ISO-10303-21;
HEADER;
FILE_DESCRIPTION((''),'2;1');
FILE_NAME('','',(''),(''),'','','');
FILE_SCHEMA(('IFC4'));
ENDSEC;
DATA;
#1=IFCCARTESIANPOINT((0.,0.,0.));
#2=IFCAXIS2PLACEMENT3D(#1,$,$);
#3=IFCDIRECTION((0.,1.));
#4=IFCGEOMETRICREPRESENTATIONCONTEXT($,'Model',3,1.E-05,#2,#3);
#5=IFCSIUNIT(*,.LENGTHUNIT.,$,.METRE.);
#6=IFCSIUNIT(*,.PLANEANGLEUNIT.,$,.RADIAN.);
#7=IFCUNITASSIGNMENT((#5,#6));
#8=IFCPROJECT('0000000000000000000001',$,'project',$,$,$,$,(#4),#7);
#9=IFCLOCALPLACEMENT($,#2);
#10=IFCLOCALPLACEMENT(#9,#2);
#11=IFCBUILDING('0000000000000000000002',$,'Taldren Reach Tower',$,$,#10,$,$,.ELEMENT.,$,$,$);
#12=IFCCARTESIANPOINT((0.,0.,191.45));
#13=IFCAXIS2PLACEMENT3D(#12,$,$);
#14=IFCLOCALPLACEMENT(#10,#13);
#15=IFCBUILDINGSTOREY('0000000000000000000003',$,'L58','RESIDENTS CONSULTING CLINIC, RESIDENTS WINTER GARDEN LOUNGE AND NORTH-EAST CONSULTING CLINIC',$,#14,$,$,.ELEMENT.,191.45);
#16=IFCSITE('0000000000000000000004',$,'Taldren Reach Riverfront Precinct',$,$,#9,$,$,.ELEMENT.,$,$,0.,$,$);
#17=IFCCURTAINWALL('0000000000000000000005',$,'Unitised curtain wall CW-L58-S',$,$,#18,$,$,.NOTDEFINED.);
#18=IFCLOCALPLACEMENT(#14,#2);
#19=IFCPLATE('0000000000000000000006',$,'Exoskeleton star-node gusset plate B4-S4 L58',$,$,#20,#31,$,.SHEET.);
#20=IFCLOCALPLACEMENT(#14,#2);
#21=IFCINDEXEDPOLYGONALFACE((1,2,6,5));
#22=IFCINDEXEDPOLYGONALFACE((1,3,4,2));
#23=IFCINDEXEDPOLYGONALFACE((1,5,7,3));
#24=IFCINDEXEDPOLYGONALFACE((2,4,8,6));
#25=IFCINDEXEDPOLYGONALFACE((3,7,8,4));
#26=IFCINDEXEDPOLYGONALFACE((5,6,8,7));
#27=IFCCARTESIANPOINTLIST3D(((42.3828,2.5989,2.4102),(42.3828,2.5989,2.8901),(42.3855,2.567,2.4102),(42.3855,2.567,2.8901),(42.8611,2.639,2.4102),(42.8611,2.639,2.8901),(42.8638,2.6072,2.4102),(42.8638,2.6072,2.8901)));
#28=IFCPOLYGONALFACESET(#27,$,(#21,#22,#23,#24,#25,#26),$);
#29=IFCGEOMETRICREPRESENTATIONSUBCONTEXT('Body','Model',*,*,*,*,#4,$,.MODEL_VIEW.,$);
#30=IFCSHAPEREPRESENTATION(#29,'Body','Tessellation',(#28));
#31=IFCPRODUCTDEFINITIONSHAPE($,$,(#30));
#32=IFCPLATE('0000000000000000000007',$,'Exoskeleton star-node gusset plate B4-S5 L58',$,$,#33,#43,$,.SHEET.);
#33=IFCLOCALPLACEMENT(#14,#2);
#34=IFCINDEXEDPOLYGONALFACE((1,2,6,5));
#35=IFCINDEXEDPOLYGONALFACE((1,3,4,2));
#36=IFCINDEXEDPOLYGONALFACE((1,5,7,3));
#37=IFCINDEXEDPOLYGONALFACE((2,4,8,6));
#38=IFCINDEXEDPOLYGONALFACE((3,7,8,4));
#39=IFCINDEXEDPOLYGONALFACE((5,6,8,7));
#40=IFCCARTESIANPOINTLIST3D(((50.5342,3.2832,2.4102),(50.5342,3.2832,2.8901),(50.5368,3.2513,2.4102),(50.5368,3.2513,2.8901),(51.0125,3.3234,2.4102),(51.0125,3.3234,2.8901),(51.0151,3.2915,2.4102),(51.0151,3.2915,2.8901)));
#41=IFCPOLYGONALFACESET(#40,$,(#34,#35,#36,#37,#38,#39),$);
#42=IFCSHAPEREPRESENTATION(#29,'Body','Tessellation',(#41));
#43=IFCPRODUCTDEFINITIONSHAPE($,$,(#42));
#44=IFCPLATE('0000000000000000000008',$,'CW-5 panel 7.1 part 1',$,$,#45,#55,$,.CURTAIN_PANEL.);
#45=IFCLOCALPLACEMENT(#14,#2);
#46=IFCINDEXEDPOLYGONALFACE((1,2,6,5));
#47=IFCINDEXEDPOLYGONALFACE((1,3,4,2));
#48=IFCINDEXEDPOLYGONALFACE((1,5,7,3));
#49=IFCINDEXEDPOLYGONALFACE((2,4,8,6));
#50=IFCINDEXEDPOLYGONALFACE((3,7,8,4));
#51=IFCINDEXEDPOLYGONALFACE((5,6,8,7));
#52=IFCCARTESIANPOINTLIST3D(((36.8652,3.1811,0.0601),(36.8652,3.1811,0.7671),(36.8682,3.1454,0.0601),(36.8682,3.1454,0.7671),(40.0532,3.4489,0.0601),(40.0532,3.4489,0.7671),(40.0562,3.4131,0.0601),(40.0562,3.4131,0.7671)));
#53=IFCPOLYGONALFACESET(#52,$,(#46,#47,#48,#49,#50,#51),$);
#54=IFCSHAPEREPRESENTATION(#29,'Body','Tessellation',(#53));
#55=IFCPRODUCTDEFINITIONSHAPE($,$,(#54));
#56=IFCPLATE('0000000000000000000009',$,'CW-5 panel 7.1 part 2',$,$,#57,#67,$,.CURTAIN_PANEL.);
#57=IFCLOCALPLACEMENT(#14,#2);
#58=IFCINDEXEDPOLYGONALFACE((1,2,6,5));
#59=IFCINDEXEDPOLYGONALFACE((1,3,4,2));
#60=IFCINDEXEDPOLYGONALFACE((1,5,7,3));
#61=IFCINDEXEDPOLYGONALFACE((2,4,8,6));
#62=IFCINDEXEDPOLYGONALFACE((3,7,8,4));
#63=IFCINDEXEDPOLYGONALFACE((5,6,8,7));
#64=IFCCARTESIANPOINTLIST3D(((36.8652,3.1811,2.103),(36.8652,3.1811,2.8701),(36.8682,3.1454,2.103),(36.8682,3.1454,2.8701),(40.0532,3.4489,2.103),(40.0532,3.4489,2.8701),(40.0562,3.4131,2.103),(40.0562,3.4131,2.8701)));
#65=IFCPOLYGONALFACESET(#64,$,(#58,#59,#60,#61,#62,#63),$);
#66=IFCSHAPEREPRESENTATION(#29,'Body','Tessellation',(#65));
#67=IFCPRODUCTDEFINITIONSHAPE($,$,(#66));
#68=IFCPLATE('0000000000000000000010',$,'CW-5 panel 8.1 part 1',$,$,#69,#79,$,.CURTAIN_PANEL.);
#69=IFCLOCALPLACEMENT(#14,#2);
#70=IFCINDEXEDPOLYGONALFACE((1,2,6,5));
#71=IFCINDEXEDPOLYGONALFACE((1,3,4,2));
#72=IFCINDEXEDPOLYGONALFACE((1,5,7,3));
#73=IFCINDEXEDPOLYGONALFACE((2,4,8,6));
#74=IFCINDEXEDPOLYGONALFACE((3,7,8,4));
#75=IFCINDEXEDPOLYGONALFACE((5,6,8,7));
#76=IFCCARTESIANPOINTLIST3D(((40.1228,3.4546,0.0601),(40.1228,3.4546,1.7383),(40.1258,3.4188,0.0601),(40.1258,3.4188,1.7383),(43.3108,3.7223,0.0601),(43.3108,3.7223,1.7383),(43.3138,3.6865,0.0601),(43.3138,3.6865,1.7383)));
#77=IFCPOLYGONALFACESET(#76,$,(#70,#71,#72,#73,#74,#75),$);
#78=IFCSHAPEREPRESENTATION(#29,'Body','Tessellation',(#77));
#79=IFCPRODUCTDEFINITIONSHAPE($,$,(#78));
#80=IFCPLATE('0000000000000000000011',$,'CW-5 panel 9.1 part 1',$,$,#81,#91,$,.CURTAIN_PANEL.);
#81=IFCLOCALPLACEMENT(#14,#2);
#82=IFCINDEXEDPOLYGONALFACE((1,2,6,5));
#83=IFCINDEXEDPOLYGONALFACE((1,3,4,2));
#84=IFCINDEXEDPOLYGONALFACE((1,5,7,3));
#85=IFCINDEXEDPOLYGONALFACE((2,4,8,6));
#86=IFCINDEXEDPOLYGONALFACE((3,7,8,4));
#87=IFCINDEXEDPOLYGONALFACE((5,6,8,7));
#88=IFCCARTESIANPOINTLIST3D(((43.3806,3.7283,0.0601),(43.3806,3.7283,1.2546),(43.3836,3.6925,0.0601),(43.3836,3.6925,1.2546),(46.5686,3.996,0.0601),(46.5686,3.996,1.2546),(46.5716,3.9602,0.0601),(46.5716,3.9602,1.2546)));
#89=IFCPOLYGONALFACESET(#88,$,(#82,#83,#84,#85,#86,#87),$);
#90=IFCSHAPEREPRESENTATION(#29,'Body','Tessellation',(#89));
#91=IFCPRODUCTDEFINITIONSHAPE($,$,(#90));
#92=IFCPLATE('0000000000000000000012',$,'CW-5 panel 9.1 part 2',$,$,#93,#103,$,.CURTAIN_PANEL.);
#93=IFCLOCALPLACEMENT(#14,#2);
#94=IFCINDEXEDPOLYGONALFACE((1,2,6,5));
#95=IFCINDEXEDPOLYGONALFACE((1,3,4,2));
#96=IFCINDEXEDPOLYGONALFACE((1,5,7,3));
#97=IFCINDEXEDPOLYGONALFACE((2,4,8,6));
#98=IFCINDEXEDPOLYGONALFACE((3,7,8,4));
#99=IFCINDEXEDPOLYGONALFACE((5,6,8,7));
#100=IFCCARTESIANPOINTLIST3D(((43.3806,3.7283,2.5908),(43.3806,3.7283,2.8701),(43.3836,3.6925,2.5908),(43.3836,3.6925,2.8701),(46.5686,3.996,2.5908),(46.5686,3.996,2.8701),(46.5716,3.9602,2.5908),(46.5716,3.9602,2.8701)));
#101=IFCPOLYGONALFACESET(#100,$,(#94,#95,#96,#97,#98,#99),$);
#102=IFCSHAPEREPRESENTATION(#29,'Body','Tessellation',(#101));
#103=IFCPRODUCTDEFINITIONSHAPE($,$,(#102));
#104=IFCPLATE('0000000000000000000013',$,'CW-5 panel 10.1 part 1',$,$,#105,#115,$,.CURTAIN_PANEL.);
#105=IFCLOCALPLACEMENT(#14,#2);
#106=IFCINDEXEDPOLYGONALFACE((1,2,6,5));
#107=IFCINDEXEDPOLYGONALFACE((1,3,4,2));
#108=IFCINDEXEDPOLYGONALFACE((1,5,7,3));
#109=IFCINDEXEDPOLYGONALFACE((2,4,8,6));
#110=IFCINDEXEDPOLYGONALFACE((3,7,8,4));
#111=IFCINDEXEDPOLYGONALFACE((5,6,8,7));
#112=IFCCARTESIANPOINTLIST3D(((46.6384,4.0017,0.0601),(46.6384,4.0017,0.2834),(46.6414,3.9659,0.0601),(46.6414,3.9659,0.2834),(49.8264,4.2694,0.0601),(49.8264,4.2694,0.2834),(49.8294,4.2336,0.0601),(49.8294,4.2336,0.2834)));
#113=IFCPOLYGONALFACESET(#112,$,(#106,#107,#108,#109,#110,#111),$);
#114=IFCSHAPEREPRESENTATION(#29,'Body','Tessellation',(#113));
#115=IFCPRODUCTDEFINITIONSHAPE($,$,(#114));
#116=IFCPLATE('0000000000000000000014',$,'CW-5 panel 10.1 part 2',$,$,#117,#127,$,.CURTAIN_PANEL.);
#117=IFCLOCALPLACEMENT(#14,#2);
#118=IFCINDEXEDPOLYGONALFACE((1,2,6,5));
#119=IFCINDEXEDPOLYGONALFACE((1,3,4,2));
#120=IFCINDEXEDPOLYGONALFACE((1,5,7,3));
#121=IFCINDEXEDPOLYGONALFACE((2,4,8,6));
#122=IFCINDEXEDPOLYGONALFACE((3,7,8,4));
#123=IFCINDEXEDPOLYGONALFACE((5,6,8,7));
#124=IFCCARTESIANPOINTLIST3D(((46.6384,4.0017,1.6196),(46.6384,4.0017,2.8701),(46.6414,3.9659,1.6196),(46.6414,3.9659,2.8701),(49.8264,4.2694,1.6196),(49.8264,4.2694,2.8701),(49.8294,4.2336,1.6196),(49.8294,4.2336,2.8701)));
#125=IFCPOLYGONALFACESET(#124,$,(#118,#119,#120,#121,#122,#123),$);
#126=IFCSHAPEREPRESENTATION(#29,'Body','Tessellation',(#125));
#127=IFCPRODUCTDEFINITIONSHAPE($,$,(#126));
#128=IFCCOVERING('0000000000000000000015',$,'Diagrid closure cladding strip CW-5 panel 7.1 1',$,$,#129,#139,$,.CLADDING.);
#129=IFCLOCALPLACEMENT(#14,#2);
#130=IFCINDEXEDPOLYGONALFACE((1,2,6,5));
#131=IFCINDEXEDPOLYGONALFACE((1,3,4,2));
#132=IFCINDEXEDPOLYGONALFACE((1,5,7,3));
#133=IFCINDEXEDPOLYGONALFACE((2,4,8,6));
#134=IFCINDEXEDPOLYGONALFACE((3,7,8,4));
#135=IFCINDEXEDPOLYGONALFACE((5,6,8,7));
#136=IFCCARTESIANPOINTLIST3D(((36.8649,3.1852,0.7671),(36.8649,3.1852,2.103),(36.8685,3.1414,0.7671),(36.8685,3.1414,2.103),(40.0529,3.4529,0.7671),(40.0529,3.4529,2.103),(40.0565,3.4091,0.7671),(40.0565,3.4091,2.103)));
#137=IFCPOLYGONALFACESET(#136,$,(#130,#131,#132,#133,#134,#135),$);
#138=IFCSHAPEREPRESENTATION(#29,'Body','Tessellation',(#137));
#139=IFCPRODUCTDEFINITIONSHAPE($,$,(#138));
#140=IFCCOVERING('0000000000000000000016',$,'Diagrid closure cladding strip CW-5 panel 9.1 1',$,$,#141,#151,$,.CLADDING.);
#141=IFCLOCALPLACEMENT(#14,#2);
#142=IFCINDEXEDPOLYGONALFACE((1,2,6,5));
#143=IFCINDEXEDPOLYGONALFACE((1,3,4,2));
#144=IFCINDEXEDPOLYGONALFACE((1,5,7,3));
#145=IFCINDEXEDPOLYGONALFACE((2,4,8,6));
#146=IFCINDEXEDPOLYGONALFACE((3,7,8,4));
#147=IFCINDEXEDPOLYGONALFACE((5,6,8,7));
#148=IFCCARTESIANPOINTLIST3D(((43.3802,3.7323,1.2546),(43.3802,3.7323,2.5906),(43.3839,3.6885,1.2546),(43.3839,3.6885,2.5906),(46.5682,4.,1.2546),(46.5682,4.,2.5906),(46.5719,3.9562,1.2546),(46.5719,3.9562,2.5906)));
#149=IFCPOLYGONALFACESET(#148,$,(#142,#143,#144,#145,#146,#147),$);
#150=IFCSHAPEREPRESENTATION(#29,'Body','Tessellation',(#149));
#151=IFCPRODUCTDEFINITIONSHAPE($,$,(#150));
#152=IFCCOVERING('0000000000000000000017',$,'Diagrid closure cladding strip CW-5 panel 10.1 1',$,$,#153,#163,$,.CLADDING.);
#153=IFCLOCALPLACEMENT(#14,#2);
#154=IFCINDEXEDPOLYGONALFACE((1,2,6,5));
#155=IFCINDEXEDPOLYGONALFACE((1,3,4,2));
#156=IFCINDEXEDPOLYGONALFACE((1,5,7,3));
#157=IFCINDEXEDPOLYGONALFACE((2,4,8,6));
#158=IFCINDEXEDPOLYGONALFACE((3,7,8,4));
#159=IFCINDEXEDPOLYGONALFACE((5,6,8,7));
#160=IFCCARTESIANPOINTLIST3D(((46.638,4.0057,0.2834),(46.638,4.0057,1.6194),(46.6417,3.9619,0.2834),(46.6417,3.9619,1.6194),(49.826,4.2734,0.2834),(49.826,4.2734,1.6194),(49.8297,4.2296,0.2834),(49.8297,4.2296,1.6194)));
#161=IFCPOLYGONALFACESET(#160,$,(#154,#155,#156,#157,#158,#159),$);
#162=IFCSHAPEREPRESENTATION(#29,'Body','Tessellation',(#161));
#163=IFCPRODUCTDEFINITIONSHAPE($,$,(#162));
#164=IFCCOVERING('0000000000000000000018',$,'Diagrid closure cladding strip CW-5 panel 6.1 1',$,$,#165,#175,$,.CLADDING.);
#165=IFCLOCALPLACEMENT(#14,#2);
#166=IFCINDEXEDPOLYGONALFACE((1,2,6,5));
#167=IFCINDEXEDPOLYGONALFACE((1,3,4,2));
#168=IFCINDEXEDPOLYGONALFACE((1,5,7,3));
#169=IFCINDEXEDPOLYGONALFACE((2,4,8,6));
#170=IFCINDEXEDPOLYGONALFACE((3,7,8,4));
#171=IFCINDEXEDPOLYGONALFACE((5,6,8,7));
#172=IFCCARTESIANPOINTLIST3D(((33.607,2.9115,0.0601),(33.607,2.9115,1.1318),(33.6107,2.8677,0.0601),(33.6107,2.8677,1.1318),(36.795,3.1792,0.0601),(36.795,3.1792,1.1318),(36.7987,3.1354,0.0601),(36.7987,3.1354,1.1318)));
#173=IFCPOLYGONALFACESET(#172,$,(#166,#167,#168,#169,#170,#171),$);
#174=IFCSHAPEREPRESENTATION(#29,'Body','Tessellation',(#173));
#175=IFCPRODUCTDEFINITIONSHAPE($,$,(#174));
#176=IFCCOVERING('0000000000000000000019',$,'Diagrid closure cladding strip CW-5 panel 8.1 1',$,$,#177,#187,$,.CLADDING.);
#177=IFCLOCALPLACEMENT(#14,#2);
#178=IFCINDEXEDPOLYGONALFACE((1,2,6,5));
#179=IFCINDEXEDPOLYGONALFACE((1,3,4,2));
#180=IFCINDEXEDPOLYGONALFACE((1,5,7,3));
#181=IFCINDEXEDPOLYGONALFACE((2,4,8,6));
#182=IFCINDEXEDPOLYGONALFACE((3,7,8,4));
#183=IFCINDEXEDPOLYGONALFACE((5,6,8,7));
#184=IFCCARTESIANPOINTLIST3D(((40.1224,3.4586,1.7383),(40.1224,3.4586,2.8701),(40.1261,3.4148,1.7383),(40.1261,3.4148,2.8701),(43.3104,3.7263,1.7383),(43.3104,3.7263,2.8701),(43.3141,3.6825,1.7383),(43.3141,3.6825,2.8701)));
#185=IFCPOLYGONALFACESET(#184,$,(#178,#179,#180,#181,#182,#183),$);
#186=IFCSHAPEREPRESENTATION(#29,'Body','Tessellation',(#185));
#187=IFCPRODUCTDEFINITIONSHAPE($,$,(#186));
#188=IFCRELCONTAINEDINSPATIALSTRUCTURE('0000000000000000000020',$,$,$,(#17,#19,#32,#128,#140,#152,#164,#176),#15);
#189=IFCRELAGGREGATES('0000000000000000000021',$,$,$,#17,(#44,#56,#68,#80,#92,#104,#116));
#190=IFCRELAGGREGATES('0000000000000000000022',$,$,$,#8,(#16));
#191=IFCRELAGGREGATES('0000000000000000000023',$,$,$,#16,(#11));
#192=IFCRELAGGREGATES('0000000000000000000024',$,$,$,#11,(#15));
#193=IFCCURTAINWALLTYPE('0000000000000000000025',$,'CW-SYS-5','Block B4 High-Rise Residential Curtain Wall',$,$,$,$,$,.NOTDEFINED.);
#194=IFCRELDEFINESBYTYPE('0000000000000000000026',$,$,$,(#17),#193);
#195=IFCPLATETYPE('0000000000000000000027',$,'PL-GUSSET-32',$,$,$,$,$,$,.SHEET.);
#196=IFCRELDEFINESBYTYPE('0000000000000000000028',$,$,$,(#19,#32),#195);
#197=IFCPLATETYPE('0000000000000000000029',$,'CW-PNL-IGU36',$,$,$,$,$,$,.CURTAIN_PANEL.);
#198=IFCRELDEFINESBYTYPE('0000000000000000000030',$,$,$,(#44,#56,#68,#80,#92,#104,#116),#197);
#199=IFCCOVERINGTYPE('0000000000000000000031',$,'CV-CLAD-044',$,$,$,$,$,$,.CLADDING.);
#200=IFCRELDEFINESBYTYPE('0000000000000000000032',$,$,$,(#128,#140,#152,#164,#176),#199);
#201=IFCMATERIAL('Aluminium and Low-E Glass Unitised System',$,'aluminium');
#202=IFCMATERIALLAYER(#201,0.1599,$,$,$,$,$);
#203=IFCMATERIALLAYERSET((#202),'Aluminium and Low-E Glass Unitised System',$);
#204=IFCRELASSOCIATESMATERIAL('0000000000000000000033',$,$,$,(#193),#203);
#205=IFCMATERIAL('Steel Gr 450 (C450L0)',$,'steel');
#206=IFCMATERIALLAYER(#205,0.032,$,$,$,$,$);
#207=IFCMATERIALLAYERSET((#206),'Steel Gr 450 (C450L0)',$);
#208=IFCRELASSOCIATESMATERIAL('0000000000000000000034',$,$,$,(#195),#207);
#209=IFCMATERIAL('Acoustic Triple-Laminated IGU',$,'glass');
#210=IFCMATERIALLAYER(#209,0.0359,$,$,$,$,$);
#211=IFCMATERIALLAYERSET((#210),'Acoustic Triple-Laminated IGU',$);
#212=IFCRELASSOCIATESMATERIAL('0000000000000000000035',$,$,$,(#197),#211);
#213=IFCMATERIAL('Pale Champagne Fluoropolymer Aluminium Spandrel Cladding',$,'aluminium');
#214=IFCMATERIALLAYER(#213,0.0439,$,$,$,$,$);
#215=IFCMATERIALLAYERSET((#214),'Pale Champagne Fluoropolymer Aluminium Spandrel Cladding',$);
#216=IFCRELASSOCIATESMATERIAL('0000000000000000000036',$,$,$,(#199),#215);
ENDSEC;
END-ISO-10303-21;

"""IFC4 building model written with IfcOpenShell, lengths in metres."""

from ifc_helpers import new_model, si_unit, direction, frame, origin, origin_2d, place, context, subcontext, project, spatial, rectangle, extrude, source, transform, mapped, material, layer, layer_set, type_object, element, aggregate, save


model = new_model("IFC4")

# Units and contexts
model_context = context("Model", 3, precision=1e-05, world=origin(), true_north=direction((0.0, 1.0)))
body_context = subcontext(model_context, "Body", "Model", "MODEL_VIEW")
ifc_project = project(units=[si_unit("LENGTHUNIT", "METRE"), si_unit("PLANEANGLEUNIT", "RADIAN")], contexts=[model_context])

# Site, building, storey
site_placement = place(None, origin())
site = spatial("IfcSite", under=ifc_project, at=site_placement, Name="Taldren Reach Riverfront Precinct", CompositionType="ELEMENT", RefElevation=0.0)
building_placement = place(site_placement, origin())
building = spatial("IfcBuilding", under=site, at=building_placement, Name="Taldren Reach Tower", CompositionType="ELEMENT")
storey_placement = place(building_placement, frame((0.0, 0.0, 191.45)))
storey = spatial("IfcBuildingStorey", under=building, at=storey_placement, Name="L58", Description="RESIDENTS CONSULTING CLINIC, RESIDENTS WINTER GARDEN LOUNGE AND NORTH-EAST CONSULTING CLINIC", CompositionType="ELEMENT", Elevation=191.45)

# Shared definitions
ifc_material_1 = material(Name="Steel Gr 450 (C450L0)", Category="steel")

# Curtain wall
ifc_material_2 = material(Name="Aluminium and Low-E Glass Unitised System", Category="aluminium")
ifc_layer_1 = layer(ifc_material_2, 0.1599)
ifc_layer_set_1 = layer_set([ifc_layer_1], Name="Aluminium and Low-E Glass Unitised System")
curtain_wall_type = type_object("IfcCurtainWallType", Name="CW-SYS-5", Description="Block B4 High-Rise Residential Curtain Wall", PredefinedType="NOTDEFINED", material=ifc_layer_set_1)
curtain_wall_placement = place(storey_placement, origin())
curtain_wall = element("IfcCurtainWall", 1, at=curtain_wall_placement, inside=storey, type_object=curtain_wall_type, Name="Unitised curtain wall CW-L58-S", PredefinedType="NOTDEFINED")

# Plates
ifc_layer_2 = layer(ifc_material_1, 0.032)
ifc_layer_set_2 = layer_set([ifc_layer_2], Name="Steel Gr 450 (C450L0)")
plate_type_1 = type_object("IfcPlateType", Name="PL-GUSSET-32", PredefinedType="SHEET", material=ifc_layer_set_2)
shared_shape_1 = source(origin(), body_context, "Body", "SweptSolid", [
    extrude(rectangle(XDim=0.48, YDim=0.032, at=origin_2d()), origin(), (0.0, 0.0, 1.0), 0.48),
])
for number, where, z_axis, x_axis, name in (
    (2, (42.6233, 2.603, 2.4102), (0.0, 0.0, 1.0), (0.996493, 0.083678, 0.0), "Exoskeleton star-node gusset plate B4-S4 L58"),
    (3, (50.7747, 3.2874, 2.4102), (0.0, 0.0, 1.0), (0.996493, 0.083678, 0.0), "Exoskeleton star-node gusset plate B4-S5 L58"),
):
    element("IfcPlate", number, at=place(storey_placement, frame(where, z_axis=z_axis, x_axis=x_axis)), inside=storey, type_object=plate_type_1, Name=name, PredefinedType="SHEET", context=body_context, shape_type="MappedRepresentation", body=[
        mapped(shared_shape_1, transform((0.0, 0.0, 0.0), scale=1.0)),
    ])

# Plates
ifc_material_3 = material(Name="Acoustic Triple-Laminated IGU", Category="glass")
ifc_layer_3 = layer(ifc_material_3, 0.0359)
ifc_layer_set_3 = layer_set([ifc_layer_3], Name="Acoustic Triple-Laminated IGU")
plate_type_2 = type_object("IfcPlateType", Name="CW-PNL-IGU36", PredefinedType="CURTAIN_PANEL", material=ifc_layer_set_3)
shared_shape_2 = source(origin(), body_context, "Body", "SweptSolid", [
    extrude(rectangle(XDim=3.1992, YDim=0.0359, at=origin_2d()), origin(), (0.0, 0.0, 1.0), 0.707),
])
plate_1_placement = place(storey_placement, frame((38.4607, 3.2971, 0.0601), z_axis=(0.0, 0.0, 1.0), x_axis=(0.996493, 0.083678, 0.0)))
plate_1 = element("IfcPlate", 4, at=plate_1_placement, type_object=plate_type_2, Name="CW-5 panel 7.1 part 1", PredefinedType="CURTAIN_PANEL", context=body_context, shape_type="MappedRepresentation", body=[
    mapped(shared_shape_2, transform((0.0, 0.0, 0.0), scale=1.0)),
])
shared_shape_3 = source(origin(), body_context, "Body", "SweptSolid", [
    extrude(rectangle(XDim=3.1992, YDim=0.0359, at=origin_2d()), origin(), (0.0, 0.0, 1.0), 0.7671),
])
plate_2_placement = place(storey_placement, frame((38.4607, 3.2971, 2.103), z_axis=(0.0, 0.0, 1.0), x_axis=(0.996493, 0.083678, 0.0)))
plate_2 = element("IfcPlate", 5, at=plate_2_placement, type_object=plate_type_2, Name="CW-5 panel 7.1 part 2", PredefinedType="CURTAIN_PANEL", context=body_context, shape_type="MappedRepresentation", body=[
    mapped(shared_shape_3, transform((0.0, 0.0, 0.0), scale=1.0)),
])
shared_shape_4 = source(origin(), body_context, "Body", "SweptSolid", [
    extrude(rectangle(XDim=3.1992, YDim=0.0359, at=origin_2d()), origin(), (0.0, 0.0, 1.0), 1.6782),
])
plate_3_placement = place(storey_placement, frame((41.7183, 3.5706, 0.0601), z_axis=(0.0, 0.0, 1.0), x_axis=(0.996493, 0.083678, 0.0)))
plate_3 = element("IfcPlate", 6, at=plate_3_placement, type_object=plate_type_2, Name="CW-5 panel 8.1 part 1", PredefinedType="CURTAIN_PANEL", context=body_context, shape_type="MappedRepresentation", body=[
    mapped(shared_shape_4, transform((0.0, 0.0, 0.0), scale=1.0)),
])
shared_shape_5 = source(origin(), body_context, "Body", "SweptSolid", [
    extrude(rectangle(XDim=3.1992, YDim=0.0359, at=origin_2d()), origin(), (0.0, 0.0, 1.0), 1.1946),
])
plate_4_placement = place(storey_placement, frame((44.9761, 3.8442, 0.0601), z_axis=(0.0, 0.0, 1.0), x_axis=(0.996493, 0.083678, 0.0)))
plate_4 = element("IfcPlate", 7, at=plate_4_placement, type_object=plate_type_2, Name="CW-5 panel 9.1 part 1", PredefinedType="CURTAIN_PANEL", context=body_context, shape_type="MappedRepresentation", body=[
    mapped(shared_shape_5, transform((0.0, 0.0, 0.0), scale=1.0)),
])
shared_shape_6 = source(origin(), body_context, "Body", "SweptSolid", [
    extrude(rectangle(XDim=3.1992, YDim=0.0359, at=origin_2d()), origin(), (0.0, 0.0, 1.0), 0.2793),
])
plate_5_placement = place(storey_placement, frame((44.9761, 3.8442, 2.5908), z_axis=(0.0, 0.0, 1.0), x_axis=(0.996493, 0.083678, 0.0)))
plate_5 = element("IfcPlate", 8, at=plate_5_placement, type_object=plate_type_2, Name="CW-5 panel 9.1 part 2", PredefinedType="CURTAIN_PANEL", context=body_context, shape_type="MappedRepresentation", body=[
    mapped(shared_shape_6, transform((0.0, 0.0, 0.0), scale=1.0)),
])
shared_shape_7 = source(origin(), body_context, "Body", "SweptSolid", [
    extrude(rectangle(XDim=3.1992, YDim=0.0359, at=origin_2d()), origin(), (0.0, 0.0, 1.0), 0.2234),
])
plate_6_placement = place(storey_placement, frame((48.2339, 4.1177, 0.0601), z_axis=(0.0, 0.0, 1.0), x_axis=(0.996493, 0.083678, 0.0)))
plate_6 = element("IfcPlate", 9, at=plate_6_placement, type_object=plate_type_2, Name="CW-5 panel 10.1 part 1", PredefinedType="CURTAIN_PANEL", context=body_context, shape_type="MappedRepresentation", body=[
    mapped(shared_shape_7, transform((0.0, 0.0, 0.0), scale=1.0)),
])
shared_shape_8 = source(origin(), body_context, "Body", "SweptSolid", [
    extrude(rectangle(XDim=3.1992, YDim=0.0359, at=origin_2d()), origin(), (0.0, 0.0, 1.0), 1.2505),
])
plate_7_placement = place(storey_placement, frame((48.2339, 4.1177, 1.6196), z_axis=(0.0, 0.0, 1.0), x_axis=(0.996493, 0.083678, 0.0)))
plate_7 = element("IfcPlate", 10, at=plate_7_placement, type_object=plate_type_2, Name="CW-5 panel 10.1 part 2", PredefinedType="CURTAIN_PANEL", context=body_context, shape_type="MappedRepresentation", body=[
    mapped(shared_shape_8, transform((0.0, 0.0, 0.0), scale=1.0)),
])
aggregate(curtain_wall, [plate_1, plate_2, plate_3, plate_4, plate_5, plate_6, plate_7])

# Coverings
ifc_material_4 = material(Name="Pale Champagne Fluoropolymer Aluminium Spandrel Cladding", Category="aluminium")
ifc_layer_4 = layer(ifc_material_4, 0.0439)
ifc_layer_set_4 = layer_set([ifc_layer_4], Name="Pale Champagne Fluoropolymer Aluminium Spandrel Cladding")
covering_type = type_object("IfcCoveringType", Name="CV-CLAD-044", PredefinedType="CLADDING", material=ifc_layer_set_4)
shared_shape_9 = source(origin(), body_context, "Body", "SweptSolid", [
    extrude(rectangle(XDim=3.1992, YDim=0.0439, at=origin_2d()), origin(), (0.0, 0.0, 1.0), 1.3359),
])
for number, where, z_axis, x_axis, name in (
    (11, (38.4607, 3.2971, 0.7671), (0.0, 0.0, 1.0), (0.996493, 0.083678, 0.0), "Diagrid closure cladding strip CW-5 panel 7.1 1"),
    (12, (44.9761, 3.8442, 1.2546), (0.0, 0.0, 1.0), (0.996493, 0.083678, 0.0), "Diagrid closure cladding strip CW-5 panel 9.1 1"),
    (13, (48.2339, 4.1177, 0.2834), (0.0, 0.0, 1.0), (0.996493, 0.083678, 0.0), "Diagrid closure cladding strip CW-5 panel 10.1 1"),
):
    element("IfcCovering", number, at=place(storey_placement, frame(where, z_axis=z_axis, x_axis=x_axis)), inside=storey, type_object=covering_type, Name=name, PredefinedType="CLADDING", context=body_context, shape_type="MappedRepresentation", body=[
        mapped(shared_shape_9, transform((0.0, 0.0, 0.0), scale=1.0)),
    ])
shared_shape_10 = source(origin(), body_context, "Body", "SweptSolid", [
    extrude(rectangle(XDim=3.1992, YDim=0.0439, at=origin_2d()), origin(), (0.0, 0.0, 1.0), 1.0718),
])
covering_1_placement = place(storey_placement, frame((35.2029, 3.0234, 0.0601), z_axis=(0.0, 0.0, 1.0), x_axis=(0.996493, 0.083678, 0.0)))
element("IfcCovering", 14, at=covering_1_placement, inside=storey, type_object=covering_type, Name="Diagrid closure cladding strip CW-5 panel 6.1 1", PredefinedType="CLADDING", context=body_context, shape_type="MappedRepresentation", body=[
    mapped(shared_shape_10, transform((0.0, 0.0, 0.0), scale=1.0)),
])
shared_shape_11 = source(origin(), body_context, "Body", "SweptSolid", [
    extrude(rectangle(XDim=3.1992, YDim=0.0439, at=origin_2d()), origin(), (0.0, 0.0, 1.0), 1.1318),
])
covering_2_placement = place(storey_placement, frame((41.7183, 3.5706, 1.7383), z_axis=(0.0, 0.0, 1.0), x_axis=(0.996493, 0.083678, 0.0)))
element("IfcCovering", 15, at=covering_2_placement, inside=storey, type_object=covering_type, Name="Diagrid closure cladding strip CW-5 panel 8.1 1", PredefinedType="CLADDING", context=body_context, shape_type="MappedRepresentation", body=[
    mapped(shared_shape_11, transform((0.0, 0.0, 0.0), scale=1.0)),
])

save(model, "model.ifc")
